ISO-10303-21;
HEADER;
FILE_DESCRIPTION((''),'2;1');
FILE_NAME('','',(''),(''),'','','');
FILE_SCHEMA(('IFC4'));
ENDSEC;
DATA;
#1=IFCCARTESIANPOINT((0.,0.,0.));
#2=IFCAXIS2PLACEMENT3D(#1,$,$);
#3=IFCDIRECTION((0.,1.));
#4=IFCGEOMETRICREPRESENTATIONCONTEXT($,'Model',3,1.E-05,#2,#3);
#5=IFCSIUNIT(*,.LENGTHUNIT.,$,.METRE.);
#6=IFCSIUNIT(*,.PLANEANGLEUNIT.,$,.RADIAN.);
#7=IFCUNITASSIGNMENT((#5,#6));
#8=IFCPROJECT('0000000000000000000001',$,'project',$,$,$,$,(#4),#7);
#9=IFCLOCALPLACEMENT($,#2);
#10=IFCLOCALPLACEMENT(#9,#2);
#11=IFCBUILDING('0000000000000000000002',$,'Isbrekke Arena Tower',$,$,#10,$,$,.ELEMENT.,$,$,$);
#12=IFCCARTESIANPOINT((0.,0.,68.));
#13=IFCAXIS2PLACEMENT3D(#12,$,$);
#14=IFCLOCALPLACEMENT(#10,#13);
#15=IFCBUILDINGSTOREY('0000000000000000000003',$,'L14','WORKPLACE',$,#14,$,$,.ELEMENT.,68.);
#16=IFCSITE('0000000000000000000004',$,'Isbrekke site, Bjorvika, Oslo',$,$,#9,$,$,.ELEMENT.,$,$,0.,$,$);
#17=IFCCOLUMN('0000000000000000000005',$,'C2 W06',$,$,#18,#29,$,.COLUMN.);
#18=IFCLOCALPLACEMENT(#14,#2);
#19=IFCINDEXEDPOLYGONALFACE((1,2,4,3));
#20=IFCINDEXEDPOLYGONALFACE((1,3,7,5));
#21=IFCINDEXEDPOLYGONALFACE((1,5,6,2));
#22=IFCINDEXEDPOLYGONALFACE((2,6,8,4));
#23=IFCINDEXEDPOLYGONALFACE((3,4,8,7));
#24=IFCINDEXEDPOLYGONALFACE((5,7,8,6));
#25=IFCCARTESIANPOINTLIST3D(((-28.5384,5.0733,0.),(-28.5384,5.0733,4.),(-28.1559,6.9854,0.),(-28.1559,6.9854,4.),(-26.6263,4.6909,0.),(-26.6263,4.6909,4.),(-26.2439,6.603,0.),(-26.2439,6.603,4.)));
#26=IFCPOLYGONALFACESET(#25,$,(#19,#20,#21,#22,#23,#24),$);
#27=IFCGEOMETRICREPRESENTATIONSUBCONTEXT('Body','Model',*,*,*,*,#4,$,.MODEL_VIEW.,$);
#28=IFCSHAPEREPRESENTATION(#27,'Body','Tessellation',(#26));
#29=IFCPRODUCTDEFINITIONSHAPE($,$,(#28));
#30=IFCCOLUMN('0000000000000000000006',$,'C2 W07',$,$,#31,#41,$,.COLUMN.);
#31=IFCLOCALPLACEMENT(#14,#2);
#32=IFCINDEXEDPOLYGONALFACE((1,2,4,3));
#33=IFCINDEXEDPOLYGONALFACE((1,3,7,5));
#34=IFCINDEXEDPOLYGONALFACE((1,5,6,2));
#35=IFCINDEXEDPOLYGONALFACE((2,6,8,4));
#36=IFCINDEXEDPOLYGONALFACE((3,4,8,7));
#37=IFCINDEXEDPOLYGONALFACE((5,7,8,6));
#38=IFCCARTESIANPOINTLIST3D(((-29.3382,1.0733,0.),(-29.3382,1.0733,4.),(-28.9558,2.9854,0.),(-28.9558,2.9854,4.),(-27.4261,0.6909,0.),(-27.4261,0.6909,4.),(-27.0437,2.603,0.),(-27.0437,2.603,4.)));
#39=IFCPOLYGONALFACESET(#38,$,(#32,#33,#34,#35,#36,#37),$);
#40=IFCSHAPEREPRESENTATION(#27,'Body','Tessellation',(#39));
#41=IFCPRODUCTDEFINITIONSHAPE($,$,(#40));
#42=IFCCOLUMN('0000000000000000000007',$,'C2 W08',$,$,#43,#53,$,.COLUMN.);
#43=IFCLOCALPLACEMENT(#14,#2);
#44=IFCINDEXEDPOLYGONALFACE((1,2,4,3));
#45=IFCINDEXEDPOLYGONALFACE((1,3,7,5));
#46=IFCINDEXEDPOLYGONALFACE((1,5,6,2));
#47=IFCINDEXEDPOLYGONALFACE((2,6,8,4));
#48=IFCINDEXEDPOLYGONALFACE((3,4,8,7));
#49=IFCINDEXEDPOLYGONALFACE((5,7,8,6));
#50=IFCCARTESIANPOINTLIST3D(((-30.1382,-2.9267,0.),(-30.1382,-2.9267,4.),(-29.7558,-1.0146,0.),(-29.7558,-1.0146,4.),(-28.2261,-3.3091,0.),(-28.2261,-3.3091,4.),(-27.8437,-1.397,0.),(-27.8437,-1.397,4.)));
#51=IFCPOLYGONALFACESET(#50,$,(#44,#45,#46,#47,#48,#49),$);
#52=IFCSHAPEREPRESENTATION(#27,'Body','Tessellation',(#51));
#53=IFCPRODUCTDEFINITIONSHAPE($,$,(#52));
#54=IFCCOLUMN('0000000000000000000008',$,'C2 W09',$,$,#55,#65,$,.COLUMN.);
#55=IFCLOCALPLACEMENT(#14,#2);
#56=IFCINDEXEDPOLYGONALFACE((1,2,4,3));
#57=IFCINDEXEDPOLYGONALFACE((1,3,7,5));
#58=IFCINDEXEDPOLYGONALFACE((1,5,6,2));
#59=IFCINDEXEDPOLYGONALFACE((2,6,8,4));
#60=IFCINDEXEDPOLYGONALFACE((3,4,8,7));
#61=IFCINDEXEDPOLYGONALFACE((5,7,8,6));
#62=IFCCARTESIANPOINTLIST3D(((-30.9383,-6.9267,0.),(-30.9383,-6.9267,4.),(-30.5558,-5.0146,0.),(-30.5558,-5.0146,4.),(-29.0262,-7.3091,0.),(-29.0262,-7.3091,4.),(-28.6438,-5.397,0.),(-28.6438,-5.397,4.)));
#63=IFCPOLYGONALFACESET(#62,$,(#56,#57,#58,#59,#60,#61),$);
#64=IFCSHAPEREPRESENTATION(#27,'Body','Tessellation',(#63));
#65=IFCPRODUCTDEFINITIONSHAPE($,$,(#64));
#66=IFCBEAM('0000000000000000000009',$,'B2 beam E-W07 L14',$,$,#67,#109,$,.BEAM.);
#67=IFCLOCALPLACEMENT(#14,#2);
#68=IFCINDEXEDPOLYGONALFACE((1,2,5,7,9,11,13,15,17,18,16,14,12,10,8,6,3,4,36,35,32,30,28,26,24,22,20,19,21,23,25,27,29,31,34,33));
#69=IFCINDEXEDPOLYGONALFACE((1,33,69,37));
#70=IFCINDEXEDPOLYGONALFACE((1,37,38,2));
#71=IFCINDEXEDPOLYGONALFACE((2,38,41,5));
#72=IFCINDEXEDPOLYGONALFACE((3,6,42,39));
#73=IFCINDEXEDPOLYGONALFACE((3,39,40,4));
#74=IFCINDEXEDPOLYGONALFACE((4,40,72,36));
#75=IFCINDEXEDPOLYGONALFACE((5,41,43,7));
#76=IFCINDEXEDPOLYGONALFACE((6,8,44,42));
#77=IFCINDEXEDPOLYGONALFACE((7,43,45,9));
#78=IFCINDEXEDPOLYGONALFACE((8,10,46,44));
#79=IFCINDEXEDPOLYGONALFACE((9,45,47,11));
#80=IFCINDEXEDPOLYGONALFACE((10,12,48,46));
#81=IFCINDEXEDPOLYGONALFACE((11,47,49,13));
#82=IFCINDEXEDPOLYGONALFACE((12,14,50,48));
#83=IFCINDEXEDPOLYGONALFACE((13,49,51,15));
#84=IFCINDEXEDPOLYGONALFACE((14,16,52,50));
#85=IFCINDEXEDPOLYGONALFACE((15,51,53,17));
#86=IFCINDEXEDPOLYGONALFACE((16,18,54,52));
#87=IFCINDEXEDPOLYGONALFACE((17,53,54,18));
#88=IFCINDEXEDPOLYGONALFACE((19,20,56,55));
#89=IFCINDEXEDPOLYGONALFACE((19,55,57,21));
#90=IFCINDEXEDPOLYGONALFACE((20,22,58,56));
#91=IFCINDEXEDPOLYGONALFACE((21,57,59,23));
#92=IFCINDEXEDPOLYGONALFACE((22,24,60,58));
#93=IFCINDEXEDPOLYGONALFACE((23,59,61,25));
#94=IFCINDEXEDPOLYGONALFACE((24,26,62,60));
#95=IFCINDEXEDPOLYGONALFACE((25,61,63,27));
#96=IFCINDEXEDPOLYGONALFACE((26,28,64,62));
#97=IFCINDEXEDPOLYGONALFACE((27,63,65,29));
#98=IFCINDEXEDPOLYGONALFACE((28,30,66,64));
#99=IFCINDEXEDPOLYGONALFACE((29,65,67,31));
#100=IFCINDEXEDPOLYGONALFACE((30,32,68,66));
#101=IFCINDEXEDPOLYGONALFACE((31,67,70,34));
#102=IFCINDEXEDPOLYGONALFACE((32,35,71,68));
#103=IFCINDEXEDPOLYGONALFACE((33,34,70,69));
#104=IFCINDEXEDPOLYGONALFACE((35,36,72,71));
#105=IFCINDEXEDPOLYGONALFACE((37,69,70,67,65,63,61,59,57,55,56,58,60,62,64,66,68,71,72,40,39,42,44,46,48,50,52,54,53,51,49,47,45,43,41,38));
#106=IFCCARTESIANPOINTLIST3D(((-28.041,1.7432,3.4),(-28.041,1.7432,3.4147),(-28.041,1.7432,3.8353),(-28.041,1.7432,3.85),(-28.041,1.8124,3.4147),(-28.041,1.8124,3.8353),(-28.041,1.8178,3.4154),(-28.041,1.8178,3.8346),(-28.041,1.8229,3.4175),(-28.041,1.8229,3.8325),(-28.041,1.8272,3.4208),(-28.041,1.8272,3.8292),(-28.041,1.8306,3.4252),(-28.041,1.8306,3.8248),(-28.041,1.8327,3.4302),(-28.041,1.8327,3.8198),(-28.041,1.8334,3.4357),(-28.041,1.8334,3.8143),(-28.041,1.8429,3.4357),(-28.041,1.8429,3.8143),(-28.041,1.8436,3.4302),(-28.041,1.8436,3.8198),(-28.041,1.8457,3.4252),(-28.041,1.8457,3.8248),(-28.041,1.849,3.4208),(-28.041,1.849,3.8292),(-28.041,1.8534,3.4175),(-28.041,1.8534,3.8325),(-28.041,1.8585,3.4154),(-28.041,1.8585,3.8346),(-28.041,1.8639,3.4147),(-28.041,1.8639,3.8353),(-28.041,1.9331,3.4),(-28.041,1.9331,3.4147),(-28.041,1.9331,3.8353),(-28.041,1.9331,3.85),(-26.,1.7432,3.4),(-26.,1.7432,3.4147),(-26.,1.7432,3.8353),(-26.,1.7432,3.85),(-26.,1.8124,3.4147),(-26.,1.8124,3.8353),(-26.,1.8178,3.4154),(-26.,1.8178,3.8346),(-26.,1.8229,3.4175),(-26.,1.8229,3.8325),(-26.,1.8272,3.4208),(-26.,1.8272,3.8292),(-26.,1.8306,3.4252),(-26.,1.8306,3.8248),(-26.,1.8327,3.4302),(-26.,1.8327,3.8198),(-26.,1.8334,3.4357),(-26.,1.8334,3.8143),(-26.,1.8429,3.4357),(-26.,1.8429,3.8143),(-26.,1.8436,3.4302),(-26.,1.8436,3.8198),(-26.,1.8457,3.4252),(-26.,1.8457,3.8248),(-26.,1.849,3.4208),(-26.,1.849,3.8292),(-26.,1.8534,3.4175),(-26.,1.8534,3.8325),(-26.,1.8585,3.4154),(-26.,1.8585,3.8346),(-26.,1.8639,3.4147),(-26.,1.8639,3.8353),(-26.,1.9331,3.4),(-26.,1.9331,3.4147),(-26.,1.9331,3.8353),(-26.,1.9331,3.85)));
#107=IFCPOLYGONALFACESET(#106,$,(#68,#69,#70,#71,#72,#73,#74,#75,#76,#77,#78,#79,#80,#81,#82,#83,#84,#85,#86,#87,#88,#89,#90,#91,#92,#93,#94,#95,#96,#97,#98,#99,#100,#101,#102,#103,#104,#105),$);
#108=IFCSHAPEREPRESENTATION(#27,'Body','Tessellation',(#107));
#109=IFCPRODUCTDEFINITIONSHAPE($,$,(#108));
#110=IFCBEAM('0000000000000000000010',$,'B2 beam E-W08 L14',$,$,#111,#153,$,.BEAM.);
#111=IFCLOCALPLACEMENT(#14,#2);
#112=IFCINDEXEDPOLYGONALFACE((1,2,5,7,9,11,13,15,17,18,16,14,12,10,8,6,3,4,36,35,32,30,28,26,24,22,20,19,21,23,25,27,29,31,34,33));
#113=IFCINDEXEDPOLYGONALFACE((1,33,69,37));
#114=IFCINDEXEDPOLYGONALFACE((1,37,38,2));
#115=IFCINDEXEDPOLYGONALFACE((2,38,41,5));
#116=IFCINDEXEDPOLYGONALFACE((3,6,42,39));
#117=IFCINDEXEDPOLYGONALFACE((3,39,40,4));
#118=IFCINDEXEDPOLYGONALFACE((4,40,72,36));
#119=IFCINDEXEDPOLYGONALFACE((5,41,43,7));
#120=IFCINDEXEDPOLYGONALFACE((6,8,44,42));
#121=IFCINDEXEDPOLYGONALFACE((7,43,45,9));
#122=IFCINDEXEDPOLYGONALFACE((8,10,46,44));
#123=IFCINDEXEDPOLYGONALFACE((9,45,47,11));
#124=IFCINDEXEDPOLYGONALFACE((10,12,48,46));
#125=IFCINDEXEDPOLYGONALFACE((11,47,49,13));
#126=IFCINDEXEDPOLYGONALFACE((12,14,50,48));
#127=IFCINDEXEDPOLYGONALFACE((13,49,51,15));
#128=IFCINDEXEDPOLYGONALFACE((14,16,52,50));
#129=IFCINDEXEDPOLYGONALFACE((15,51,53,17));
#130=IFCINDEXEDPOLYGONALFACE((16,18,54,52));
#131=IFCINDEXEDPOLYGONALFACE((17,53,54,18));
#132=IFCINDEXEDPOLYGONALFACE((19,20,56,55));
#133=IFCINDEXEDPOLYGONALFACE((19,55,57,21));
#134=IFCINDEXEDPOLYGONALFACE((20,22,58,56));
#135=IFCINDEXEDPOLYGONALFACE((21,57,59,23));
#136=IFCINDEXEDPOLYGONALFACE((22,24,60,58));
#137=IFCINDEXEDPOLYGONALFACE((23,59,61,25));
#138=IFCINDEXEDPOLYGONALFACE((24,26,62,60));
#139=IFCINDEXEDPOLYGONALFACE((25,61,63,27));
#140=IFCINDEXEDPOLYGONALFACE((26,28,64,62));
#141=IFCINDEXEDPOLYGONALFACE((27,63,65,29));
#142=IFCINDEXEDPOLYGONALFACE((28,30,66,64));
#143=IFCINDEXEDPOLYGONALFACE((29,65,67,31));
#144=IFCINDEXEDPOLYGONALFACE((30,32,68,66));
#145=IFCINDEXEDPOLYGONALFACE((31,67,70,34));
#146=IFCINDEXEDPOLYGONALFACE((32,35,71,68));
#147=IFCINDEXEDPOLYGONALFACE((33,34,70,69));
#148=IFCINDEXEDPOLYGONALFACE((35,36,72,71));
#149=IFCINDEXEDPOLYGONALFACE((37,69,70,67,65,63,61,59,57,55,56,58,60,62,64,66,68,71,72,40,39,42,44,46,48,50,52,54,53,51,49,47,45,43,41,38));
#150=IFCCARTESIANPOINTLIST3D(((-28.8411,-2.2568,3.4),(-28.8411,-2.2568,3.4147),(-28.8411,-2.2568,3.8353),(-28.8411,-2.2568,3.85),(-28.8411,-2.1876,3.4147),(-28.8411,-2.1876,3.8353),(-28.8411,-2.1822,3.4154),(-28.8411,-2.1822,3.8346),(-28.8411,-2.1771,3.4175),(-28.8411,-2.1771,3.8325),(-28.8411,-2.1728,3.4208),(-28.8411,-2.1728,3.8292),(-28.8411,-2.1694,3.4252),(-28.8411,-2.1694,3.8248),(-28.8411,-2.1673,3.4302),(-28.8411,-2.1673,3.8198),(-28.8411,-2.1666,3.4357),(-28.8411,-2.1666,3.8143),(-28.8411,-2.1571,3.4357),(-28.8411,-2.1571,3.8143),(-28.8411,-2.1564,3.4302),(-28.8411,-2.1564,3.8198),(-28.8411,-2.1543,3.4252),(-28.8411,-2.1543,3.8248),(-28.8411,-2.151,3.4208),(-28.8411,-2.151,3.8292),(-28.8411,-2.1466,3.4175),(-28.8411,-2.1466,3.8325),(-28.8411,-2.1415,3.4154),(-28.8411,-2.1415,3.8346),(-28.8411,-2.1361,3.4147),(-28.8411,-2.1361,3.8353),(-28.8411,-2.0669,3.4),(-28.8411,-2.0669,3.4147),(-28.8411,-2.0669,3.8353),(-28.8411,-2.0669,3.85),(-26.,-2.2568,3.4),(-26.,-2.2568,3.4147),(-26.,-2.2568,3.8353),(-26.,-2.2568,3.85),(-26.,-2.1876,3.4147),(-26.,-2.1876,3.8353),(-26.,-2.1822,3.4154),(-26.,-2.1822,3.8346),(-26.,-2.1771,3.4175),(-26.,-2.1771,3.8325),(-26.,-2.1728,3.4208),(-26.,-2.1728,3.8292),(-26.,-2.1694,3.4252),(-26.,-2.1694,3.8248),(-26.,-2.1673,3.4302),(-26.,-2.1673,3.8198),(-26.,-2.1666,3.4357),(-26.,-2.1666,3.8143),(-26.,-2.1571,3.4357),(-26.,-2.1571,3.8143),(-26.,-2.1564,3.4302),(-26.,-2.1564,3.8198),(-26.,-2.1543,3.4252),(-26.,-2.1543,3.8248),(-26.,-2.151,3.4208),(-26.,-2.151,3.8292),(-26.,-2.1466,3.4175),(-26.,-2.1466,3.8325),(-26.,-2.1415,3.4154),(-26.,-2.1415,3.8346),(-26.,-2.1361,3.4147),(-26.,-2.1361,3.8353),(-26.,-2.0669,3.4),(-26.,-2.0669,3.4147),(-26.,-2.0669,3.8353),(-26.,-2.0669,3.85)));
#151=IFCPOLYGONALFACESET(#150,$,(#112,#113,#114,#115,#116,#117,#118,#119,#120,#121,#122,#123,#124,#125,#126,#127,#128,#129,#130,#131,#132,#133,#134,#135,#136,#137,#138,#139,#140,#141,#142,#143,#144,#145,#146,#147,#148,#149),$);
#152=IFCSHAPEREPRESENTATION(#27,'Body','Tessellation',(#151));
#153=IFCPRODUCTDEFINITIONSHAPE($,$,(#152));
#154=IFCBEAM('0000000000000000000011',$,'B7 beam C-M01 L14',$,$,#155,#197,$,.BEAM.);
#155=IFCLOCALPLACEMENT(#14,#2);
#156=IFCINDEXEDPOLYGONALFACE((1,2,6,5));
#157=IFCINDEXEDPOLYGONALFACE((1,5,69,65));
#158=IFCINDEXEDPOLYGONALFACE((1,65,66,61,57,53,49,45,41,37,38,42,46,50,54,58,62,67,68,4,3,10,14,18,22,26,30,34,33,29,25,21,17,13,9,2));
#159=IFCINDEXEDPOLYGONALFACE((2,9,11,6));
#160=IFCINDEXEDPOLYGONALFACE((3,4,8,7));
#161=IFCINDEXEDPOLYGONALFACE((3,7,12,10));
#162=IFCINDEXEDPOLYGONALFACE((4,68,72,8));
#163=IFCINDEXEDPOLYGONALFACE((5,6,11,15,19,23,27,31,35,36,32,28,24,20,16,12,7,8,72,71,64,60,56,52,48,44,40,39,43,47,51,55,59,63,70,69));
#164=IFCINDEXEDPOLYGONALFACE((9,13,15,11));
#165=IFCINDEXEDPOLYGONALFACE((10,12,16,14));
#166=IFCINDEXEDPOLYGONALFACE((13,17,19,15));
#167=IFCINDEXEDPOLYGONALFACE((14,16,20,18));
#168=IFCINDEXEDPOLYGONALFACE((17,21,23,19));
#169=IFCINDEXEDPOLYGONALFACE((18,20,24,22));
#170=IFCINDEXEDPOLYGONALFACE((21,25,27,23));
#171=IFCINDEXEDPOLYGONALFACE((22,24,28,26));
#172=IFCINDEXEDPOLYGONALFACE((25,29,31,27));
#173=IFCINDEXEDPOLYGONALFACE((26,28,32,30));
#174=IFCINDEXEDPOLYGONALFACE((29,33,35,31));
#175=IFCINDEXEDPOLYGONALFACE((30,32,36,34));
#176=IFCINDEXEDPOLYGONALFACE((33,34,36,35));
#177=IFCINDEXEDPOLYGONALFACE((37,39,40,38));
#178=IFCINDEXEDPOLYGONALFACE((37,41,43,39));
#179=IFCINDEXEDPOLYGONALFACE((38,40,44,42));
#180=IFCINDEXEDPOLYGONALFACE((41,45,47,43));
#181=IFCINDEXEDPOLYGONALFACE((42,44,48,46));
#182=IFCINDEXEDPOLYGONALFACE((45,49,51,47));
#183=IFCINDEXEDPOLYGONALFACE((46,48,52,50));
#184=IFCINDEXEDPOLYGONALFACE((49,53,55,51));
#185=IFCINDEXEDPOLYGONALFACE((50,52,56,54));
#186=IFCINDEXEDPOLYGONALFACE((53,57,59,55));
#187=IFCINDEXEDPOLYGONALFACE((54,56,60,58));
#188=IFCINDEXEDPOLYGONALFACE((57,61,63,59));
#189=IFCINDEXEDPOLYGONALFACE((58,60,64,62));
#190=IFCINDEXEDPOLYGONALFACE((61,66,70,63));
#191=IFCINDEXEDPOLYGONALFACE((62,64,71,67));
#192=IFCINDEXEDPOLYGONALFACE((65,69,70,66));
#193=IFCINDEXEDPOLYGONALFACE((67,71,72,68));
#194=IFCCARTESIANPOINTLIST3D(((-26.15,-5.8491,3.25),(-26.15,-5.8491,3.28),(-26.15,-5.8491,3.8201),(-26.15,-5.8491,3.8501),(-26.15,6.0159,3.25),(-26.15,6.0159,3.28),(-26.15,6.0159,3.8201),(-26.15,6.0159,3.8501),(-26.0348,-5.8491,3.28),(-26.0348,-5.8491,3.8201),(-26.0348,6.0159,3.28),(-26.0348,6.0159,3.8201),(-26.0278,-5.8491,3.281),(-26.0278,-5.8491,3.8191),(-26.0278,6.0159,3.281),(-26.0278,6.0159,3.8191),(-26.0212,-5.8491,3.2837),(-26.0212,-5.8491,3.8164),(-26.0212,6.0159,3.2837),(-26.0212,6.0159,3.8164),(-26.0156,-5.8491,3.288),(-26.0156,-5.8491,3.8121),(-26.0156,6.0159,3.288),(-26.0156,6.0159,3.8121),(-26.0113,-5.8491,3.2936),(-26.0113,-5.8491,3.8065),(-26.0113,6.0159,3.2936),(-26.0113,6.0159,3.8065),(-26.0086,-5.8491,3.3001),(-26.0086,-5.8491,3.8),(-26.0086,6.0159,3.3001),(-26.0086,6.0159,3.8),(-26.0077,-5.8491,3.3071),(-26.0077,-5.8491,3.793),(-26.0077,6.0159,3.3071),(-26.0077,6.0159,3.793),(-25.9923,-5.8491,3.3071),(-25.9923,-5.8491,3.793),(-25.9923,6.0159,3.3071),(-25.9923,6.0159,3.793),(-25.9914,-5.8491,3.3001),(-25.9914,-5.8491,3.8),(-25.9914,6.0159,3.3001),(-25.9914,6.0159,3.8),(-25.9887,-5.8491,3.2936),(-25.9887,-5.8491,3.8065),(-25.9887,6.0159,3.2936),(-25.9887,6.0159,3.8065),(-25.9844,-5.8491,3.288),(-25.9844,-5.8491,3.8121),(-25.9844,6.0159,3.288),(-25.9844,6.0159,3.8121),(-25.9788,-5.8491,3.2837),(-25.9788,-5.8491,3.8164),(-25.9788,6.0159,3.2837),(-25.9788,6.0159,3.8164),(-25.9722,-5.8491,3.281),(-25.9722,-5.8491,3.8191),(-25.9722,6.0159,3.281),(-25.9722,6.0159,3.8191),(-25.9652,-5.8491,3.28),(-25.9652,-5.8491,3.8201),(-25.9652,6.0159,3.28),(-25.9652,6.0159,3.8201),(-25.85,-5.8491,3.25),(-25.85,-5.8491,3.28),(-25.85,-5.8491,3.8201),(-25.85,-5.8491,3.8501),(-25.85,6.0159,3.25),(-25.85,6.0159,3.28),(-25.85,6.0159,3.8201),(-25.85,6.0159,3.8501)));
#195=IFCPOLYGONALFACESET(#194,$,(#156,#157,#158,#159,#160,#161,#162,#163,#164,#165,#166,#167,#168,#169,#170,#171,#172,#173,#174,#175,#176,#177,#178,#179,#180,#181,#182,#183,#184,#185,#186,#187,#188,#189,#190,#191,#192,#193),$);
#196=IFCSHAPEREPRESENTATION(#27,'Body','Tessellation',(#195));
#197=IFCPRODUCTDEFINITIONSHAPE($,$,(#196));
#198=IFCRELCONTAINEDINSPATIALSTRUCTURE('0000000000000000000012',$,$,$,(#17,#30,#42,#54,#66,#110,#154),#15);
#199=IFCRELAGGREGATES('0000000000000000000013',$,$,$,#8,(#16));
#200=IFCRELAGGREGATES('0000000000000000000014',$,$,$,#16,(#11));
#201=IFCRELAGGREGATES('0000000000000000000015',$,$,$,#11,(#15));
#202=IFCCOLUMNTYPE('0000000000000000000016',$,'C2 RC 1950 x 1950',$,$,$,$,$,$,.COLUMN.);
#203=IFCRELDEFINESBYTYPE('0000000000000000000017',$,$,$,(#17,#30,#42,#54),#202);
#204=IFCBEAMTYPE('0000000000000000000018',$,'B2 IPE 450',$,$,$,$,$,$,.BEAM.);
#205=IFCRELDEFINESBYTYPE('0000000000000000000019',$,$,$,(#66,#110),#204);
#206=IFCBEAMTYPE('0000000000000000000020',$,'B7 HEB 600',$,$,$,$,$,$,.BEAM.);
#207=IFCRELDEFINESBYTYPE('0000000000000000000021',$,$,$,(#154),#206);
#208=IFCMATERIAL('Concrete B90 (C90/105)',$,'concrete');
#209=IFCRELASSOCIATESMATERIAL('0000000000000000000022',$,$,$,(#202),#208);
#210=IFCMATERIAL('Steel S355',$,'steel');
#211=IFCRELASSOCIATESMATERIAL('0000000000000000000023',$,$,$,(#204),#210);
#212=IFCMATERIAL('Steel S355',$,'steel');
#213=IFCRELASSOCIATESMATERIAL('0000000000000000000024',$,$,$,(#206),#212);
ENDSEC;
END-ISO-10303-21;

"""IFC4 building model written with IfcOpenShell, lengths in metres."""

from ifc_helpers import new_model, si_unit, direction, frame, origin, origin_2d, place, context, subcontext, project, spatial, rectangle, i_section, extrude, material, material_profile, profile_set, type_object, element, save


model = new_model("IFC4")

# Units and contexts
model_context = context("Model", 3, precision=1e-05, world=origin(), true_north=direction((0.0, 1.0)))
body_context = subcontext(model_context, "Body", "Model", "MODEL_VIEW")
ifc_project = project(units=[si_unit("LENGTHUNIT", "METRE"), si_unit("PLANEANGLEUNIT", "RADIAN")], contexts=[model_context])

# Site, building, storey
site_placement = place(None, origin())
site = spatial("IfcSite", under=ifc_project, at=site_placement, Name="Isbrekke site, Bjorvika, Oslo", CompositionType="ELEMENT", RefElevation=0.0)
building_placement = place(site_placement, origin())
building = spatial("IfcBuilding", under=site, at=building_placement, Name="Isbrekke Arena Tower", CompositionType="ELEMENT")
storey_placement = place(building_placement, frame((0.0, 0.0, 68.0)))
storey = spatial("IfcBuildingStorey", under=building, at=storey_placement, Name="L14", Description="WORKPLACE", CompositionType="ELEMENT", Elevation=68.0)

# Columns
ifc_material_1 = material(Name="Concrete B90 (C90/105)", Category="concrete")
ifc_material_profile_1 = material_profile(ifc_material_1, rectangle(XDim=1.95, YDim=1.95, at=origin_2d()), Name="RC 1950x1950")
ifc_profile_set_1 = profile_set([ifc_material_profile_1], Name="Concrete B90 (C90/105)")
column_type = type_object("IfcColumnType", Name="C2 RC 1950 x 1950", PredefinedType="COLUMN", material=ifc_profile_set_1)
for number, where, z_axis, x_axis, name in (
    (1, (-27.3911, 5.8381, 0.0), (0.0, 0.0, 1.0), (-0.196116, -0.980581, 0.0), "C2 W06"),
    (2, (-28.1909, 1.8381, 0.0), (0.0, 0.0, 1.0), (-0.196116, -0.980581, 0.0), "C2 W07"),
    (3, (-28.991, -2.1619, 0.0), (0.0, 0.0, 1.0), (-0.196116, -0.980581, 0.0), "C2 W08"),
    (4, (-29.791, -6.1619, 0.0), (0.0, 0.0, 1.0), (-0.196116, -0.980581, 0.0), "C2 W09"),
):
    element("IfcColumn", number, at=place(storey_placement, frame(where, z_axis=z_axis, x_axis=x_axis)), inside=storey, type_object=column_type, Name=name, PredefinedType="COLUMN", context=body_context, shape_type="SweptSolid", body=[
        extrude(rectangle(XDim=1.95, YDim=1.95, at=origin_2d()), origin(), (0.0, 0.0, 1.0), 4.0),
    ])

# Beams
ifc_material_2 = material(Name="Steel S355", Category="steel")
ifc_material_profile_2 = material_profile(ifc_material_2, i_section(OverallWidth=0.1899, OverallDepth=0.45, WebThickness=0.0095, FlangeThickness=0.0146, FilletRadius=0.021, at=origin_2d()), Name="IPE 450")
ifc_profile_set_2 = profile_set([ifc_material_profile_2], Name="Steel S355")
beam_type_1 = type_object("IfcBeamType", Name="B2 IPE 450", PredefinedType="BEAM", material=ifc_profile_set_2)
beam_1_placement = place(storey_placement, frame((-28.041, 1.8381, 3.625), z_axis=(1.0, 0.0, 0.0), x_axis=(0.0, 1.0, 0.0)))
element("IfcBeam", 5, at=beam_1_placement, inside=storey, type_object=beam_type_1, Name="B2 beam E-W07 L14", PredefinedType="BEAM", context=body_context, shape_type="SweptSolid", body=[
    extrude(i_section(OverallWidth=0.1899, OverallDepth=0.45, WebThickness=0.0095, FlangeThickness=0.0146, FilletRadius=0.021, at=origin_2d()), origin(), (0.0, 0.0, 1.0), 2.041),
])
beam_2_placement = place(storey_placement, frame((-28.8411, -2.1619, 3.625), z_axis=(1.0, 0.0, 0.0), x_axis=(0.0, 1.0, 0.0)))
element("IfcBeam", 6, at=beam_2_placement, inside=storey, type_object=beam_type_1, Name="B2 beam E-W08 L14", PredefinedType="BEAM", context=body_context, shape_type="SweptSolid", body=[
    extrude(i_section(OverallWidth=0.1899, OverallDepth=0.45, WebThickness=0.0095, FlangeThickness=0.0146, FilletRadius=0.021, at=origin_2d()), origin(), (0.0, 0.0, 1.0), 2.8411),
])
ifc_material_3 = material(Name="Steel S355", Category="steel")
ifc_material_profile_3 = material_profile(ifc_material_3, i_section(OverallWidth=0.3, OverallDepth=0.6001, WebThickness=0.0154, FlangeThickness=0.03, FilletRadius=0.0271, at=origin_2d()), Name="HEB 600")
ifc_profile_set_3 = profile_set([ifc_material_profile_3], Name="Steel S355")
beam_type_2 = type_object("IfcBeamType", Name="B7 HEB 600", PredefinedType="BEAM", material=ifc_profile_set_3)
beam_3_placement = place(storey_placement, frame((-26.0, -5.8491, 3.55), z_axis=(0.0, 1.0, 0.0), x_axis=(-1.0, 0.0, 0.0)))
element("IfcBeam", 7, at=beam_3_placement, inside=storey, type_object=beam_type_2, Name="B7 beam C-M01 L14", PredefinedType="BEAM", context=body_context, shape_type="SweptSolid", body=[
    extrude(i_section(OverallWidth=0.3, OverallDepth=0.6001, WebThickness=0.0154, FlangeThickness=0.03, FilletRadius=0.0271, at=origin_2d()), origin(), (0.0, 0.0, 1.0), 11.865),
])

save(model, "model.ifc")
